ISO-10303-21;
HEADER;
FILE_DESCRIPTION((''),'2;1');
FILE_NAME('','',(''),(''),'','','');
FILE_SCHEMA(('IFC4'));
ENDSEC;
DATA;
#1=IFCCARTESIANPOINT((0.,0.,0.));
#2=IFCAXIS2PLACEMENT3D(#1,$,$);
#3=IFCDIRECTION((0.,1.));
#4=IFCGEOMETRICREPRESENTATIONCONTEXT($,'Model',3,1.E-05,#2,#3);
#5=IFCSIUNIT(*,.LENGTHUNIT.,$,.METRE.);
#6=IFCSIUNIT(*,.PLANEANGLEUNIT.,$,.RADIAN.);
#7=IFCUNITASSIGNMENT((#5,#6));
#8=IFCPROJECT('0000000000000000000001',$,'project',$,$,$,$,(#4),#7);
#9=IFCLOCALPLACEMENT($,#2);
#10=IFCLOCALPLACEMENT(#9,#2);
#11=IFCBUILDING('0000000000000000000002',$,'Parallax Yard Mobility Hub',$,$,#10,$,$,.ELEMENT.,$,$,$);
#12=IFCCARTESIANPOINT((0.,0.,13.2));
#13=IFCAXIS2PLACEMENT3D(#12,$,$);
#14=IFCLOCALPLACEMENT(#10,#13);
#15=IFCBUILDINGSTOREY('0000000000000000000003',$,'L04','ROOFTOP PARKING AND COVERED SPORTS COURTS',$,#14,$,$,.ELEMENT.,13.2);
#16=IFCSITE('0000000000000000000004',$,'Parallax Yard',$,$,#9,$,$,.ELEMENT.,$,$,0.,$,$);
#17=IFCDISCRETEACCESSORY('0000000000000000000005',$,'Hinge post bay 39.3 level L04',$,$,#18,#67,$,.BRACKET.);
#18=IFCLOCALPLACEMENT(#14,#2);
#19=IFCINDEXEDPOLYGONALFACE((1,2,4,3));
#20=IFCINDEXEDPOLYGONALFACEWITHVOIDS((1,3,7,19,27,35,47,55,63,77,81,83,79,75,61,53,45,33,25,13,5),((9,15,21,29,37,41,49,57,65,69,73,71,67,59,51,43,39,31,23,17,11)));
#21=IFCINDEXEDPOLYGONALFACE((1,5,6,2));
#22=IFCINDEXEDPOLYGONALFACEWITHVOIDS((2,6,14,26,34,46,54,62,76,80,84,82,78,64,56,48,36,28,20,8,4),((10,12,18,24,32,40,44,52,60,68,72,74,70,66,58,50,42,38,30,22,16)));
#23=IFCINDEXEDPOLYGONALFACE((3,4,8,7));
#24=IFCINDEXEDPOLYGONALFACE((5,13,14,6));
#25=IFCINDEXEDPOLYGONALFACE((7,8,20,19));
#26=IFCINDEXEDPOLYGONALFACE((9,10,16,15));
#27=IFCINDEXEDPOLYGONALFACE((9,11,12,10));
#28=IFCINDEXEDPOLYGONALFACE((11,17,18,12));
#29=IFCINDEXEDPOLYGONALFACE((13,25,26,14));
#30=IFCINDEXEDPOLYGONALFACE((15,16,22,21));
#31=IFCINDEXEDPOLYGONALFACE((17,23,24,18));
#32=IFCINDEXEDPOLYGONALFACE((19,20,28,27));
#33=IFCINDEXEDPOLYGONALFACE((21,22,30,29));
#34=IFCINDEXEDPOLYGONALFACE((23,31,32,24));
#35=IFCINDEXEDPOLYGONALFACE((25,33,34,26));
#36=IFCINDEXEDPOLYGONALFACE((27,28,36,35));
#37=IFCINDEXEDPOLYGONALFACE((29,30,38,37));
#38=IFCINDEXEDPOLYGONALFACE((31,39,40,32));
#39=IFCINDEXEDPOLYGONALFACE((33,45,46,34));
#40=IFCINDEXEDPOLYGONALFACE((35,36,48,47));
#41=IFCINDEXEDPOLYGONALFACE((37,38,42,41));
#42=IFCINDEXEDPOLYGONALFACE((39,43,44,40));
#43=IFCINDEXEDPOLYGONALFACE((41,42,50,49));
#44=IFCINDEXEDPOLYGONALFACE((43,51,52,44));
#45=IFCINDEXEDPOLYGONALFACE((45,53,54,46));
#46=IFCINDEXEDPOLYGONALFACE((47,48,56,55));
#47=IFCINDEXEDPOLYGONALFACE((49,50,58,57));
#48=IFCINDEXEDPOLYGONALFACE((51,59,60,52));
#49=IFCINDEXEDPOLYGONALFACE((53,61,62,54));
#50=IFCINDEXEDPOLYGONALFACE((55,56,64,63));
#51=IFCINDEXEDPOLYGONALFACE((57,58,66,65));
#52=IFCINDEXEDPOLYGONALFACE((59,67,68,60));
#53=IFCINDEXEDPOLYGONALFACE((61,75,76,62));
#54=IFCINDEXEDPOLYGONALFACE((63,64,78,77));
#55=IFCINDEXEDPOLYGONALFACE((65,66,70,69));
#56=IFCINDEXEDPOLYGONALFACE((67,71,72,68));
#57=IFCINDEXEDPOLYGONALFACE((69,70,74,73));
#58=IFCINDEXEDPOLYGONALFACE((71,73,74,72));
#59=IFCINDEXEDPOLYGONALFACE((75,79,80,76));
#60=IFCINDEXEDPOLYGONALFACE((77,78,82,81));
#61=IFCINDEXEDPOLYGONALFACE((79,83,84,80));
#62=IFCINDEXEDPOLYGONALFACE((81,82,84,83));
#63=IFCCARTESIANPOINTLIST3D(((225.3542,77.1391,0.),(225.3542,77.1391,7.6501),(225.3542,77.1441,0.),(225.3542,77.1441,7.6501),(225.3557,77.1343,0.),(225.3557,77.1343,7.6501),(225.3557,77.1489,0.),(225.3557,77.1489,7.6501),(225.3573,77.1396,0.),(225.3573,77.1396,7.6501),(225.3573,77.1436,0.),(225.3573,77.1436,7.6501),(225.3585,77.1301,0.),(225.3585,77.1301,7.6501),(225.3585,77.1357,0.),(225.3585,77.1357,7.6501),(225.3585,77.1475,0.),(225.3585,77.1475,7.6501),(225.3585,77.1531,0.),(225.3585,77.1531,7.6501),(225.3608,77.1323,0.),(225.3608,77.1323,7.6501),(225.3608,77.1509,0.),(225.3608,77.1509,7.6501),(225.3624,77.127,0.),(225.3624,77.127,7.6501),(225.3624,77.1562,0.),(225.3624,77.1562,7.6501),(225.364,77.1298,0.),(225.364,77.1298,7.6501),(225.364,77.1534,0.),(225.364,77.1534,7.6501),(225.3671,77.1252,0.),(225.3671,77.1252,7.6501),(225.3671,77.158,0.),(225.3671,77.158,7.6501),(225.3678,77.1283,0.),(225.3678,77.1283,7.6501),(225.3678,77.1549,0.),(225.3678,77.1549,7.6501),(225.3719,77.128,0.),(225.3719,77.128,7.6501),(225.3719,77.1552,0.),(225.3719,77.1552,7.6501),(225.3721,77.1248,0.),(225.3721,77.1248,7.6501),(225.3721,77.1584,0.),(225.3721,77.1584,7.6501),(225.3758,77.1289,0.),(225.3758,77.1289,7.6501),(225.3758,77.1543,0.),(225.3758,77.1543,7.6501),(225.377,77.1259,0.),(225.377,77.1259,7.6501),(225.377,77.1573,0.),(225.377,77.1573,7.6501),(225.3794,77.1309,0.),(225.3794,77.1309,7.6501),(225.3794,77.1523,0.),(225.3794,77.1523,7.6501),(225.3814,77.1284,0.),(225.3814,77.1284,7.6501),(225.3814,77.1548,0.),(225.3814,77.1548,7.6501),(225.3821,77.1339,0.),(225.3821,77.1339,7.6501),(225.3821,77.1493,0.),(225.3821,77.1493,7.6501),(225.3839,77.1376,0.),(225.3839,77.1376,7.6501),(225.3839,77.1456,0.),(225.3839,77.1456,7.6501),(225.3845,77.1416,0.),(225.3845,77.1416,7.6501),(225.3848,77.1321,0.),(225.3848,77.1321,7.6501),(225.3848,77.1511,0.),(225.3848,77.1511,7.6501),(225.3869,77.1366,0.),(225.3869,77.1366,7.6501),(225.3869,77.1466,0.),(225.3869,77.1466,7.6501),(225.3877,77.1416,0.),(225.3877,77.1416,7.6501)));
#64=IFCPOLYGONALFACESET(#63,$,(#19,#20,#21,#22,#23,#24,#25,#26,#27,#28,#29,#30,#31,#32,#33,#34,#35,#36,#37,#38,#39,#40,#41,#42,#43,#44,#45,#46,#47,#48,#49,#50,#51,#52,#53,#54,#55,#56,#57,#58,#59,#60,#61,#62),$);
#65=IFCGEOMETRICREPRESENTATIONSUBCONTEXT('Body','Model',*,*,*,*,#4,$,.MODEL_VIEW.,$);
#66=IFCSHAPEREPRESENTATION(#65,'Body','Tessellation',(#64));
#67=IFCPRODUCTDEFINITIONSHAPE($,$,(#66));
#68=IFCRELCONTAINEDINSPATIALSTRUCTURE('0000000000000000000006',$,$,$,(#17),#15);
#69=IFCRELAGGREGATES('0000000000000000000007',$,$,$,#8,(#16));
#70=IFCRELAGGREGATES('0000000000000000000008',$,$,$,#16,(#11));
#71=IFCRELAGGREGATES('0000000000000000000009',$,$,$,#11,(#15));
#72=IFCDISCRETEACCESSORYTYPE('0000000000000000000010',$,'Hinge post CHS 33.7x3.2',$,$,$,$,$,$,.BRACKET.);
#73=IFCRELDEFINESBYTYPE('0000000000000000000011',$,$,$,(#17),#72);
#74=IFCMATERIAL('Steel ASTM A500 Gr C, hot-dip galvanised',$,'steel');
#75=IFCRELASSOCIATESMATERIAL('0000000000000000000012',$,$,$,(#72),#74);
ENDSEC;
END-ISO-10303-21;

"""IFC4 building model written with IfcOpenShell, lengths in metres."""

from ifc_helpers import new_model, si_unit, direction, frame, origin, origin_2d, place, context, subcontext, project, spatial, hollow_circle, extrude, material, material_profile, profile_set, type_object, element, save


model = new_model("IFC4")

# Units and contexts
model_context = context("Model", 3, precision=1e-05, world=origin(), true_north=direction((0.0, 1.0)))
body_context = subcontext(model_context, "Body", "Model", "MODEL_VIEW")
ifc_project = project(units=[si_unit("LENGTHUNIT", "METRE"), si_unit("PLANEANGLEUNIT", "RADIAN")], contexts=[model_context])

# Site, building, storey
site_placement = place(None, origin())
site = spatial("IfcSite", under=ifc_project, at=site_placement, Name="Parallax Yard", CompositionType="ELEMENT", RefElevation=0.0)
building_placement = place(site_placement, origin())
building = spatial("IfcBuilding", under=site, at=building_placement, Name="Parallax Yard Mobility Hub", CompositionType="ELEMENT")
storey_placement = place(building_placement, frame((0.0, 0.0, 13.2)))
storey = spatial("IfcBuildingStorey", under=building, at=storey_placement, Name="L04", Description="ROOFTOP PARKING AND COVERED SPORTS COURTS", CompositionType="ELEMENT", Elevation=13.2)

# Discrete accessory
ifc_material_1 = material(Name="Steel ASTM A500 Gr C, hot-dip galvanised", Category="steel")
ifc_material_profile = material_profile(ifc_material_1, hollow_circle(Radius=0.0168, WallThickness=0.0032, at=origin_2d()), Name="CHS 33.7x3.2")
ifc_profile_set = profile_set([ifc_material_profile], Name="Steel ASTM A500 Gr C, hot-dip galvanised")
discrete_accessory_type_1 = type_object("IfcDiscreteAccessoryType", Name="Hinge post CHS 33.7x3.2", PredefinedType="BRACKET", material=ifc_profile_set)
for number, where, z_axis, x_axis, name in (
    (1, (225.3708, 77.1416, 0.0), (0.0, 0.0, 1.0), (1.0, 0.0, 0.0), "Hinge post bay 39.3 level L04"),
):
    element("IfcDiscreteAccessory", number, at=place(storey_placement, frame(where, z_axis=z_axis, x_axis=x_axis)), inside=storey, type_object=discrete_accessory_type_1, Name=name, PredefinedType="BRACKET", context=body_context, shape_type="SweptSolid", body=[
        extrude(hollow_circle(Radius=0.0168, WallThickness=0.0032, at=origin_2d()), origin(), (0.0, 0.0, 1.0), 7.6501),
    ])

save(model, "model.ifc")
